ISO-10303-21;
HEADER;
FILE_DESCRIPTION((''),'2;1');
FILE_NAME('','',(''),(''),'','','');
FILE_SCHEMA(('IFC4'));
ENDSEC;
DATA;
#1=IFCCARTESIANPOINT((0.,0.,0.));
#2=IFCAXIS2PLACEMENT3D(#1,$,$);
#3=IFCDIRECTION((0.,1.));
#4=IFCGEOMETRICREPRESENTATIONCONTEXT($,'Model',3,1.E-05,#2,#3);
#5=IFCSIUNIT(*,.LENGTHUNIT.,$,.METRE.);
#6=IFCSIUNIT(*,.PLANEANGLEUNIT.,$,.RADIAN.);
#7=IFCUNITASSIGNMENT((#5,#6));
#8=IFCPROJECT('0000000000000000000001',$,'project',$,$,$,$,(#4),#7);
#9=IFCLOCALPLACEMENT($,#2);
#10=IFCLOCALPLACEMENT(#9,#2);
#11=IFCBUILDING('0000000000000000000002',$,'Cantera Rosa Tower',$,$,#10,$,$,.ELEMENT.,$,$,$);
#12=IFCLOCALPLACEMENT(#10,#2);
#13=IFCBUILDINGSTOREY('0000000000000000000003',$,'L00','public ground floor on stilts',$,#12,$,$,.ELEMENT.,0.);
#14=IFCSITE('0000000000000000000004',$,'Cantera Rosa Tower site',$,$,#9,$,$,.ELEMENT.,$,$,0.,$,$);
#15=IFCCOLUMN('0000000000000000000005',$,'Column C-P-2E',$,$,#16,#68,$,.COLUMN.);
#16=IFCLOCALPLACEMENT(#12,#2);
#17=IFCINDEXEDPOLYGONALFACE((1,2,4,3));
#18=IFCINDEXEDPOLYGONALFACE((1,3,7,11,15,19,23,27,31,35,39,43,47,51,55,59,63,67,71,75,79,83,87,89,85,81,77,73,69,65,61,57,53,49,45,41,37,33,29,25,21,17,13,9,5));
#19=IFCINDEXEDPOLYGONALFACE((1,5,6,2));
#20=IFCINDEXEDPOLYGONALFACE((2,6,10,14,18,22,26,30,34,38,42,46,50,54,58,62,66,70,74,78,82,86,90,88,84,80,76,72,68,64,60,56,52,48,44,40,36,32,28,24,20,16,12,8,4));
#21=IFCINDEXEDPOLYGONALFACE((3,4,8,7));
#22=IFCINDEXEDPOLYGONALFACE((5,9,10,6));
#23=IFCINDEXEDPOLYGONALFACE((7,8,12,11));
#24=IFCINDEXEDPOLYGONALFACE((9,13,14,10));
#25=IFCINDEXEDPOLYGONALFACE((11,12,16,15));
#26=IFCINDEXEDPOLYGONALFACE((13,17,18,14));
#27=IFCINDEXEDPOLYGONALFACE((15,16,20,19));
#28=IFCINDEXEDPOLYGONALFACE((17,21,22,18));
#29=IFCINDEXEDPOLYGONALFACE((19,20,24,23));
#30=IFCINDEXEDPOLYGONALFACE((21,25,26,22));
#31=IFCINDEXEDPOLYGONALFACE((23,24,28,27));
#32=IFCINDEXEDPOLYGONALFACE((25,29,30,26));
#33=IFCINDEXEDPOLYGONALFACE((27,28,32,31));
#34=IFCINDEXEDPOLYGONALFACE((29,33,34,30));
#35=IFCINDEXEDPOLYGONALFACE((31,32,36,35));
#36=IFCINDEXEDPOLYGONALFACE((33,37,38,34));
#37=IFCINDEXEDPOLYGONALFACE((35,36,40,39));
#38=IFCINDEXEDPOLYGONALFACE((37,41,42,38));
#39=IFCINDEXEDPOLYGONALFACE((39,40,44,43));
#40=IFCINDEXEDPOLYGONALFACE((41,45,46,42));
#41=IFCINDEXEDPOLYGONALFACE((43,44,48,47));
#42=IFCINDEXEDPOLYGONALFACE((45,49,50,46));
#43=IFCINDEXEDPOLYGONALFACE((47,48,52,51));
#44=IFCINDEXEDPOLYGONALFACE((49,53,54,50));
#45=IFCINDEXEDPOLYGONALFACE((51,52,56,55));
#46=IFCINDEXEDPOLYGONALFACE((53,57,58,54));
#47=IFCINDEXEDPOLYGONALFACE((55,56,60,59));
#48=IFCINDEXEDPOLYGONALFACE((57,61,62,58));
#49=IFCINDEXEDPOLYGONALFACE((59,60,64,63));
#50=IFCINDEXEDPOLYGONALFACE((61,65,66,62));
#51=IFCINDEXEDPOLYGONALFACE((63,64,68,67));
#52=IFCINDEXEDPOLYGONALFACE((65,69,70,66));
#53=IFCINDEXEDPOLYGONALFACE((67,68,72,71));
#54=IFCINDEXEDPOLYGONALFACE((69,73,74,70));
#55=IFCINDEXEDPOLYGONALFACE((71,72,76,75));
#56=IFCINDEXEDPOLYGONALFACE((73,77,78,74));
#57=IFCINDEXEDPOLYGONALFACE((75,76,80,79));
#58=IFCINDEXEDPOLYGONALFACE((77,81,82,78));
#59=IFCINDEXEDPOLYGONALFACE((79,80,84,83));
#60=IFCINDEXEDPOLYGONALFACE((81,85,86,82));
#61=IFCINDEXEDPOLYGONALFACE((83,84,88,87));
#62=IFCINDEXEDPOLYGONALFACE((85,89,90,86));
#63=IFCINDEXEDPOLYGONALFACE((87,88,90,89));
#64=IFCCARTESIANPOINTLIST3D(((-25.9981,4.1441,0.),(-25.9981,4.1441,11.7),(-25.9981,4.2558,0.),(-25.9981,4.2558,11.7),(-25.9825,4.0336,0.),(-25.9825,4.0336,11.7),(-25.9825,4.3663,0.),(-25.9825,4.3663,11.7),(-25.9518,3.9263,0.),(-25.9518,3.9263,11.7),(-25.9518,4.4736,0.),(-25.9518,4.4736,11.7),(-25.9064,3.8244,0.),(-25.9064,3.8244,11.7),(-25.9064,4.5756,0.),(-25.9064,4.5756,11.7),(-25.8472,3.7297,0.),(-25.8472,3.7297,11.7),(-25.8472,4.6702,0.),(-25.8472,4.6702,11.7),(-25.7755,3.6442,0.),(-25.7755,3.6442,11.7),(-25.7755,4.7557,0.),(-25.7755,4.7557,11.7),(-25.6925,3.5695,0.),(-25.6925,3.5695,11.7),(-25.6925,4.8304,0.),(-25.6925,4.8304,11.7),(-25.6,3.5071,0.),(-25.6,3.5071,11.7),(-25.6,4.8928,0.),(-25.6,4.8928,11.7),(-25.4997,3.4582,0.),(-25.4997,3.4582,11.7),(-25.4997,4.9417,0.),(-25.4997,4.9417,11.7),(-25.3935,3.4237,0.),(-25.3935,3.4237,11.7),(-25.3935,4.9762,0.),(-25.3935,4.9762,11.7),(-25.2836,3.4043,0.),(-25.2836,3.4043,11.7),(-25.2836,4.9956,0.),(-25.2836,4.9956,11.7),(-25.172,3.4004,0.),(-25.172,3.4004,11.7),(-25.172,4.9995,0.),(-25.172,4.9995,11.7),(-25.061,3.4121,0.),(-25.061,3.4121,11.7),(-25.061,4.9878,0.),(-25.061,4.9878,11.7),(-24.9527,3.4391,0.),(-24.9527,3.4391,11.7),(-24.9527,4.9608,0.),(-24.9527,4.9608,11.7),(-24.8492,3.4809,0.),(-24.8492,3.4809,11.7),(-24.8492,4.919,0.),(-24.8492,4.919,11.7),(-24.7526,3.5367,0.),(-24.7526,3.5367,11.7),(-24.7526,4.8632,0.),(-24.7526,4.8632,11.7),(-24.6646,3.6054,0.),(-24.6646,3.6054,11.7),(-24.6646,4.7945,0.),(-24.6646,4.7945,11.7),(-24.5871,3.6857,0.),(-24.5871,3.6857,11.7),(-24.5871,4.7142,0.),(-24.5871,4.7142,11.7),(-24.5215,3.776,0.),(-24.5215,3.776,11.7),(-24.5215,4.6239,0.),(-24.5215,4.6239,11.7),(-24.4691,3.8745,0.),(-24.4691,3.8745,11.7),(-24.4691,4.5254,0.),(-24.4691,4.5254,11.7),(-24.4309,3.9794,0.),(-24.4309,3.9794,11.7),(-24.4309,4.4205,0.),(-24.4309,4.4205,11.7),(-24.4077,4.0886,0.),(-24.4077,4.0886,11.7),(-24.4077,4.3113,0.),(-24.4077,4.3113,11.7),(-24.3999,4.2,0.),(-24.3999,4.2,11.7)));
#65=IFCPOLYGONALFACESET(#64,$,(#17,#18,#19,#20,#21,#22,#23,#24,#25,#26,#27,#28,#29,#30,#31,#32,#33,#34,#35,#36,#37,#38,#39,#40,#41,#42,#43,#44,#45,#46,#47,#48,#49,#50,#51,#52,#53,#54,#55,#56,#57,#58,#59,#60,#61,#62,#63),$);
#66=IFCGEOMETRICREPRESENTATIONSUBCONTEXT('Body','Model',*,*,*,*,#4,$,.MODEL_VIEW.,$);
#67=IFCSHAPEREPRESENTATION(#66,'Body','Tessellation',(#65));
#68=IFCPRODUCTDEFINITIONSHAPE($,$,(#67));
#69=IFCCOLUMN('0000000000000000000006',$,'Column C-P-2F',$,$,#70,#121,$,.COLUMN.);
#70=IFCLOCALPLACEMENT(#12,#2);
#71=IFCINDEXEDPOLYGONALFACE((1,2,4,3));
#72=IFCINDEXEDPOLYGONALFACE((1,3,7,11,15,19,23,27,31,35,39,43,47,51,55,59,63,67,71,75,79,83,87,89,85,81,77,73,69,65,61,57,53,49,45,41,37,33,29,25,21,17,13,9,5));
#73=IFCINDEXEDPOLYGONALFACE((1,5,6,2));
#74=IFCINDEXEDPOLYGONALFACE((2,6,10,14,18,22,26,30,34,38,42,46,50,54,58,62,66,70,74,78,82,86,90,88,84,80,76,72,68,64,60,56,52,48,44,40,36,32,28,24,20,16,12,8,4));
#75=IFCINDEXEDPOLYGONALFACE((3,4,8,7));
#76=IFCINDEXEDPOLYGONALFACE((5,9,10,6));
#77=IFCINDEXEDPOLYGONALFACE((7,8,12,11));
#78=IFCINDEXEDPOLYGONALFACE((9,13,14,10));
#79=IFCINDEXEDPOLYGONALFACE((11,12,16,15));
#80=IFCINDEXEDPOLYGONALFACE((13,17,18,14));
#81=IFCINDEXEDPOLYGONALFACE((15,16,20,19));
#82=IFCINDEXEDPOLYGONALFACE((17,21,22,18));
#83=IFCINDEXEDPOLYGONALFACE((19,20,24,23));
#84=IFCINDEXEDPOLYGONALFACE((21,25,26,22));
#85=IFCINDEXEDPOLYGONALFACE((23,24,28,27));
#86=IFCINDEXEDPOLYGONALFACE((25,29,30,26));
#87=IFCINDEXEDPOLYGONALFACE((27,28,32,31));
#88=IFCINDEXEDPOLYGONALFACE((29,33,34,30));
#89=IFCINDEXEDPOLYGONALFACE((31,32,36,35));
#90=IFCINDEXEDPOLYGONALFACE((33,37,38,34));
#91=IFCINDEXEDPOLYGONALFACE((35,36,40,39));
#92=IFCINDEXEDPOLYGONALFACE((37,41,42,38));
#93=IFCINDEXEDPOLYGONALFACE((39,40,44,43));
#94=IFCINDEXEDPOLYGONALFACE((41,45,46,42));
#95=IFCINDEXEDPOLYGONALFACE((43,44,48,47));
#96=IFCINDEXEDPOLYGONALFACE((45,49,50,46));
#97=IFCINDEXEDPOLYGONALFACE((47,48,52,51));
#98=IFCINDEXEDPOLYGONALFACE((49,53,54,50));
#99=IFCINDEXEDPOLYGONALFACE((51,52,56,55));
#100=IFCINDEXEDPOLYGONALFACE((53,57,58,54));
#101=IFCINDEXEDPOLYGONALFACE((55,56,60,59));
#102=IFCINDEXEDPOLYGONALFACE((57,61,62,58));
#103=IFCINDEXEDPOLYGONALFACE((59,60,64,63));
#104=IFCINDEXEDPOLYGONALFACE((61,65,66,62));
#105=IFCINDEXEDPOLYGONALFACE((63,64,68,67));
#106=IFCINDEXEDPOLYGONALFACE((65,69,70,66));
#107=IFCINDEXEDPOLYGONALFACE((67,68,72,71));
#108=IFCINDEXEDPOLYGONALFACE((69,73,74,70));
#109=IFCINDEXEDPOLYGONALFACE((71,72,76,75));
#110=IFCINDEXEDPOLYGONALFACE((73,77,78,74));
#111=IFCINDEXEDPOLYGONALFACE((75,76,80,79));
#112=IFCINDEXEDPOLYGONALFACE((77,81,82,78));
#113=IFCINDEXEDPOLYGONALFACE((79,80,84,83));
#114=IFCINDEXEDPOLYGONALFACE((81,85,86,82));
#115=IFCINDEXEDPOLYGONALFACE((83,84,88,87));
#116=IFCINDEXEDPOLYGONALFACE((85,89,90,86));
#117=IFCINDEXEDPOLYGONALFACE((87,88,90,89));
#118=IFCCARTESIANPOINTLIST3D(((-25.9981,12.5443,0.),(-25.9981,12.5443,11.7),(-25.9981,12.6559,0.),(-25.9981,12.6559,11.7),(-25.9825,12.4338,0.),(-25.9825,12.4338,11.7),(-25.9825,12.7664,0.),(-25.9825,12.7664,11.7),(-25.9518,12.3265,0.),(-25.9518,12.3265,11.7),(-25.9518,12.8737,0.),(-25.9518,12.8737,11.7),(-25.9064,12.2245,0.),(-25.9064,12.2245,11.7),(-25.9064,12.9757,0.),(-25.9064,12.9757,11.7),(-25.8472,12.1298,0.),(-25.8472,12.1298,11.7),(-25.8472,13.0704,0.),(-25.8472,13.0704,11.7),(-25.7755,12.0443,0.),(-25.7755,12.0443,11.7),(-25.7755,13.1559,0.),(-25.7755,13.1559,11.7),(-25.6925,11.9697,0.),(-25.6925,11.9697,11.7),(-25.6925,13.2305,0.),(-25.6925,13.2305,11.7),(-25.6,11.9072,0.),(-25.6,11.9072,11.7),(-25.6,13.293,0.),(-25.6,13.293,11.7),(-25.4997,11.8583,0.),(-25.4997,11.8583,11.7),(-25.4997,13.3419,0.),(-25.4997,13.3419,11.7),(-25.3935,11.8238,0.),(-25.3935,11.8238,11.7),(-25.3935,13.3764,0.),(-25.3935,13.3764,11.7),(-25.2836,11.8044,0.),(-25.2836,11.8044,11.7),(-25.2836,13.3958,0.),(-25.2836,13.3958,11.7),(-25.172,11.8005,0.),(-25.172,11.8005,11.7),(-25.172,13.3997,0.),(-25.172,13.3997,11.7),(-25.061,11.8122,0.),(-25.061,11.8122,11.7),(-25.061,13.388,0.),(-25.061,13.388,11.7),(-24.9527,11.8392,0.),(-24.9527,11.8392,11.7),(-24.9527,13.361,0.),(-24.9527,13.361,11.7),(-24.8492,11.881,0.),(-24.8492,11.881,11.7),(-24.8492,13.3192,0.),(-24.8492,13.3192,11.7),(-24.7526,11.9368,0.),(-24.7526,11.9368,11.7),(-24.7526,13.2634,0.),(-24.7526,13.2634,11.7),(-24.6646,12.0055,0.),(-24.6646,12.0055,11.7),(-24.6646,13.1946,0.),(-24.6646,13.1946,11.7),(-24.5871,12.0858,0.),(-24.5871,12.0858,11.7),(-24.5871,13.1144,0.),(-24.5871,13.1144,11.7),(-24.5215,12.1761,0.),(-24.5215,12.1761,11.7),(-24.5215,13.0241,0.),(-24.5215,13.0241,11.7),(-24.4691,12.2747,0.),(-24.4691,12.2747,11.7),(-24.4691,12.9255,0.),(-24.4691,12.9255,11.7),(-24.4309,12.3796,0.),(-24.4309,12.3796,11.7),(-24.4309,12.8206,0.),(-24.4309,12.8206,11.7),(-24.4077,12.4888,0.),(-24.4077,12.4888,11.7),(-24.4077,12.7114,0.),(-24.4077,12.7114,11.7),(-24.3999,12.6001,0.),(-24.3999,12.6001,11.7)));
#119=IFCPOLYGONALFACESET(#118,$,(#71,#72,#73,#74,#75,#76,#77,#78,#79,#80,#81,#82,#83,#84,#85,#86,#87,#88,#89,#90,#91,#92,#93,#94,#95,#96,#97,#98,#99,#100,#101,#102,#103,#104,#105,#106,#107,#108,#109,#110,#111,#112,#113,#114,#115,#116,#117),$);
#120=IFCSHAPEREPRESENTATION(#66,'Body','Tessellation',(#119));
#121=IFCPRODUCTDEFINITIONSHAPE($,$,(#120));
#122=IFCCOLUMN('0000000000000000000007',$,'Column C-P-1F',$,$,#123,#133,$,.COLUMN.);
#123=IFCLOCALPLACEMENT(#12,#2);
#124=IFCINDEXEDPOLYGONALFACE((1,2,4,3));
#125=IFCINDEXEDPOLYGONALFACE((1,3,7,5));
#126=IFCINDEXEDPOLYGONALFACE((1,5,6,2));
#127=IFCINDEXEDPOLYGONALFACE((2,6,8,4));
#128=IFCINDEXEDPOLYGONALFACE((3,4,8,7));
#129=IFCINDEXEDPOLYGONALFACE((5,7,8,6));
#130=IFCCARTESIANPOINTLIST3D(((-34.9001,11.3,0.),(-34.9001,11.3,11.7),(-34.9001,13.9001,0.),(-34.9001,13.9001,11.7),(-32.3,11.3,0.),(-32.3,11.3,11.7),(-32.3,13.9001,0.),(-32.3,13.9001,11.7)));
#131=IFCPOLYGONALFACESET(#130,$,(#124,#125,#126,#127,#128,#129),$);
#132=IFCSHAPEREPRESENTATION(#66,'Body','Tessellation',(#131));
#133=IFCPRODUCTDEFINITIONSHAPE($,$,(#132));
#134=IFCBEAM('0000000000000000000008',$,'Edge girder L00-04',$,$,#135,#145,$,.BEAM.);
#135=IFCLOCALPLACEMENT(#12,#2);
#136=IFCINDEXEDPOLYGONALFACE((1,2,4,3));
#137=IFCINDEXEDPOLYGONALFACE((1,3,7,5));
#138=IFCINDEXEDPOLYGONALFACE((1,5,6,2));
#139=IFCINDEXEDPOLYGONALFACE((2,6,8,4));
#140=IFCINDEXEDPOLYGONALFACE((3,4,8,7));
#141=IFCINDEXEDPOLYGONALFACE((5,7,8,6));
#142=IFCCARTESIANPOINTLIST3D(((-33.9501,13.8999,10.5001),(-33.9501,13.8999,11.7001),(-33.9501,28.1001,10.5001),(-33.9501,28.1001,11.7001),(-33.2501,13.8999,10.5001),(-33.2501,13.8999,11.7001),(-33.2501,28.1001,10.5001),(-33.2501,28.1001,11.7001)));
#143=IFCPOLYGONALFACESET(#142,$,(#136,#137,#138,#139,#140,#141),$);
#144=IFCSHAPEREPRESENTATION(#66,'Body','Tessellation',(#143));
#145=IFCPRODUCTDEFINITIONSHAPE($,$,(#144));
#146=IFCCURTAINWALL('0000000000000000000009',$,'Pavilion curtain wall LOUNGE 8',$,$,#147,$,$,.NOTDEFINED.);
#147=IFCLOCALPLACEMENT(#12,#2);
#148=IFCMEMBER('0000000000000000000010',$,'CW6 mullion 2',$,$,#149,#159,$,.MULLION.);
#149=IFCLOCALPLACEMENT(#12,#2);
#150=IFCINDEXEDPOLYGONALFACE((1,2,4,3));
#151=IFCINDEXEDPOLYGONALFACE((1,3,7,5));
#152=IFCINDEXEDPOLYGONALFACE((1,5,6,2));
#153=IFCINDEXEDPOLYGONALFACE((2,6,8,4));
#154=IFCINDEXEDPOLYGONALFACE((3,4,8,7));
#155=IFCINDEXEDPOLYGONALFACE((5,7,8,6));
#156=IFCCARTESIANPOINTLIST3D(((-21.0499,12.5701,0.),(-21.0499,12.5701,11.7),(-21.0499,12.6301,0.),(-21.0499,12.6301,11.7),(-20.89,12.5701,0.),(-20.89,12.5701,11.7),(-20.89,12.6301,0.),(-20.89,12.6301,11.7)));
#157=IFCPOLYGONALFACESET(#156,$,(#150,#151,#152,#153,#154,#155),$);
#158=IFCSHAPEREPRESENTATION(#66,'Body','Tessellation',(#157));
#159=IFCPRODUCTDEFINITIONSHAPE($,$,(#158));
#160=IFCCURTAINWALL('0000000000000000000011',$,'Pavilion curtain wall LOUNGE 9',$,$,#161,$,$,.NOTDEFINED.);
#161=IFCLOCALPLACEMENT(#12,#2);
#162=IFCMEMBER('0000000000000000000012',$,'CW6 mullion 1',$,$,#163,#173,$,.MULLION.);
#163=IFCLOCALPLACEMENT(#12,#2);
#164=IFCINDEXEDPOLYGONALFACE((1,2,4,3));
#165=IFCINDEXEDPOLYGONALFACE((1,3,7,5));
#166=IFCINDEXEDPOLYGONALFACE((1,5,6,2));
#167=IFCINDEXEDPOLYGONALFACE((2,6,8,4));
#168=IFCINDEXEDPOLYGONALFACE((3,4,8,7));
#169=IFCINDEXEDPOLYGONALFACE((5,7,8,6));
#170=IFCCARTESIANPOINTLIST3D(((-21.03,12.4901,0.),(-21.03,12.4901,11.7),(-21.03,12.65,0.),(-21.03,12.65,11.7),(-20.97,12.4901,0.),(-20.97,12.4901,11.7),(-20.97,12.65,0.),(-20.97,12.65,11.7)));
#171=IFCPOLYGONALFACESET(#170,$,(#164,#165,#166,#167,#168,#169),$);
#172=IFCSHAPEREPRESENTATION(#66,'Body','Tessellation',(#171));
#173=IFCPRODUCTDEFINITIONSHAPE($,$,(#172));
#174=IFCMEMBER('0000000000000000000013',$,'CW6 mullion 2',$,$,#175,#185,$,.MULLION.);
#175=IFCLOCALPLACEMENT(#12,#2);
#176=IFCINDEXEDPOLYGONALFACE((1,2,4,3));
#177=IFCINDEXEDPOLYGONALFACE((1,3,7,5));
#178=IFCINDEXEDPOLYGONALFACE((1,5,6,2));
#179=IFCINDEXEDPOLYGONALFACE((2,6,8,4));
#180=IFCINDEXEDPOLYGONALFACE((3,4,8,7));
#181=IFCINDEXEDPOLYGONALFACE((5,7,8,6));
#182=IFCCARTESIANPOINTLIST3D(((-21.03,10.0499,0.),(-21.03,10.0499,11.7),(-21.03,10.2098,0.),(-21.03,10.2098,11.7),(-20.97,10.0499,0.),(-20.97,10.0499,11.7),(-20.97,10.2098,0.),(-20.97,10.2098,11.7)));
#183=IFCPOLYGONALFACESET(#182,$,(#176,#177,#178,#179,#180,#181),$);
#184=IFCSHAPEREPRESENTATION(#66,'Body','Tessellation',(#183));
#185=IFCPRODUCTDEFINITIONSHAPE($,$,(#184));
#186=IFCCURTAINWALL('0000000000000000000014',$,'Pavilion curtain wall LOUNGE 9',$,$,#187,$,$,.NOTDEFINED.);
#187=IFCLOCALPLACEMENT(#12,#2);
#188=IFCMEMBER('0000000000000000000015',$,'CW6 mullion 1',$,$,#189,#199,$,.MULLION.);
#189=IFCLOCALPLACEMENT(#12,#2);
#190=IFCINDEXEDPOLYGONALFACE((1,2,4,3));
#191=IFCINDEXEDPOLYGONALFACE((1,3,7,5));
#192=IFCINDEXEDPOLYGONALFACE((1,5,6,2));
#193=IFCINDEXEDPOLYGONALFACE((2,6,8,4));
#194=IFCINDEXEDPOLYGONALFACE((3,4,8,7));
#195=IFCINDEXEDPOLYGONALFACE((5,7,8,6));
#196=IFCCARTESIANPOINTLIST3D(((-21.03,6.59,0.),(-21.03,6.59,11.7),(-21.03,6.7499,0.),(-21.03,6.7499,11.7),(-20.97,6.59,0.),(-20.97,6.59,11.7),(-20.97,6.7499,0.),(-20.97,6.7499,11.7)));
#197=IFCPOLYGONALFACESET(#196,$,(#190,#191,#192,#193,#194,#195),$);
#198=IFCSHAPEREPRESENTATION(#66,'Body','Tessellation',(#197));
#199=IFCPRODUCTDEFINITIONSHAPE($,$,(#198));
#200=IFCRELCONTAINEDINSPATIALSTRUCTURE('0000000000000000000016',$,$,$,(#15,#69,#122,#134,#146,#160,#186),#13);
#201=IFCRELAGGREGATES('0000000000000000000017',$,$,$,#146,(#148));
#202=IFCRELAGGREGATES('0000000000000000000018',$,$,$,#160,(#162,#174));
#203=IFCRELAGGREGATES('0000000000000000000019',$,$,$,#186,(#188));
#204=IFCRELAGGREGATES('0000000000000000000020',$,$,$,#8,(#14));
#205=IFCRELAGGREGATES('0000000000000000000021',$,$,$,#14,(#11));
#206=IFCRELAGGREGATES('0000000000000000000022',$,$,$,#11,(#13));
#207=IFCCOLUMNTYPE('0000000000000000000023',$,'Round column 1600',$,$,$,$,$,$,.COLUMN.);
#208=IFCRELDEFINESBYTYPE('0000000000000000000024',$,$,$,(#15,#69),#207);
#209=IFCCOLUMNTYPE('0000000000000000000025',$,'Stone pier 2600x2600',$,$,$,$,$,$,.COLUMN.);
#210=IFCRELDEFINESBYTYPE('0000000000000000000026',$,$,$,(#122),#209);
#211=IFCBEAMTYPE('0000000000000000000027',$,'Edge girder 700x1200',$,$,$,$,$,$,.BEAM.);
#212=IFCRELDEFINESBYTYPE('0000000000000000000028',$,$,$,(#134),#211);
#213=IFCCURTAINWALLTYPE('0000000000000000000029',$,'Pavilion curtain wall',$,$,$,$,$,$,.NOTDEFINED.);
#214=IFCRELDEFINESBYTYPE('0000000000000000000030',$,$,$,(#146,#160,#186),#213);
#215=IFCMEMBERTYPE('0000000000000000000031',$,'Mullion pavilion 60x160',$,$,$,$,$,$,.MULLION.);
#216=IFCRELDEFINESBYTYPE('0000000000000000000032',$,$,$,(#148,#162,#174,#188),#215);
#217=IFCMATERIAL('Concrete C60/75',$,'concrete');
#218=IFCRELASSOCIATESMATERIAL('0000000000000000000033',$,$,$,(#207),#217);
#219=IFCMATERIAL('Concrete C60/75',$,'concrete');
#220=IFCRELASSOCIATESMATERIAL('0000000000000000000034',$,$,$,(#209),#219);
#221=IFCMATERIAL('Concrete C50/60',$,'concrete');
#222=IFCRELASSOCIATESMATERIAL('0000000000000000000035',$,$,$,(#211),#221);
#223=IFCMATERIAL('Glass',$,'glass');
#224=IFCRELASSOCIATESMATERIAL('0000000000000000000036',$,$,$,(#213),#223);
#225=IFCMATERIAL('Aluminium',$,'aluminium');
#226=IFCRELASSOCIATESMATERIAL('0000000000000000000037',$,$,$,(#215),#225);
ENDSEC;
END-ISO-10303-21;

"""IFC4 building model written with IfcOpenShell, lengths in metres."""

from ifc_helpers import new_model, si_unit, direction, frame, origin, origin_2d, place, context, subcontext, project, spatial, rectangle, circle, extrude, material, material_profile, profile_set, type_object, element, aggregate, save


model = new_model("IFC4")

# Units and contexts
model_context = context("Model", 3, precision=1e-05, world=origin(), true_north=direction((0.0, 1.0)))
body_context = subcontext(model_context, "Body", "Model", "MODEL_VIEW")
ifc_project = project(units=[si_unit("LENGTHUNIT", "METRE"), si_unit("PLANEANGLEUNIT", "RADIAN")], contexts=[model_context])

# Site, building, storey
site_placement = place(None, origin())
site = spatial("IfcSite", under=ifc_project, at=site_placement, Name="Cantera Rosa Tower site", CompositionType="ELEMENT", RefElevation=0.0)
building_placement = place(site_placement, origin())
building = spatial("IfcBuilding", under=site, at=building_placement, Name="Cantera Rosa Tower", CompositionType="ELEMENT")
storey_placement = place(building_placement, origin())
storey = spatial("IfcBuildingStorey", under=building, at=storey_placement, Name="L00", Description="public ground floor on stilts", CompositionType="ELEMENT", Elevation=0.0)

# Columns
ifc_material_1 = material(Name="Concrete C60/75", Category="concrete")
ifc_material_profile_1 = material_profile(ifc_material_1, circle(Radius=0.8, at=origin_2d()), Name="Round column 1600")
ifc_profile_set_1 = profile_set([ifc_material_profile_1], Name="Concrete C60/75")
column_type_1 = type_object("IfcColumnType", Name="Round column 1600", PredefinedType="COLUMN", material=ifc_profile_set_1)
for number, where, z_axis, x_axis, name in (
    (1, (-25.2, 4.2, 0.0), (0.0, 0.0, 1.0), (1.0, 0.0, 0.0), "Column C-P-2E"),
    (2, (-25.2, 12.6001, 0.0), (0.0, 0.0, 1.0), (1.0, 0.0, 0.0), "Column C-P-2F"),
):
    element("IfcColumn", number, at=place(storey_placement, frame(where, z_axis=z_axis, x_axis=x_axis)), inside=storey, type_object=column_type_1, Name=name, PredefinedType="COLUMN", context=body_context, shape_type="SweptSolid", body=[
        extrude(circle(Radius=0.8, at=origin_2d()), origin(), (0.0, 0.0, 1.0), 11.7),
    ])
ifc_material_2 = material(Name="Concrete C60/75", Category="concrete")
ifc_material_profile_2 = material_profile(ifc_material_2, rectangle(XDim=2.6001, YDim=2.6001, at=origin_2d()), Name="Stone pier 2600x2600")
ifc_profile_set_2 = profile_set([ifc_material_profile_2], Name="Concrete C60/75")
column_type_2 = type_object("IfcColumnType", Name="Stone pier 2600x2600", PredefinedType="COLUMN", material=ifc_profile_set_2)
column_placement = place(storey_placement, frame((-33.6001, 12.6001, 0.0), z_axis=(0.0, 0.0, 1.0), x_axis=(1.0, 0.0, 0.0)))
element("IfcColumn", 3, at=column_placement, inside=storey, type_object=column_type_2, Name="Column C-P-1F", PredefinedType="COLUMN", context=body_context, shape_type="SweptSolid", body=[
    extrude(rectangle(XDim=2.6001, YDim=2.6001, at=origin_2d()), origin(), (0.0, 0.0, 1.0), 11.7),
])

# Beam
ifc_material_3 = material(Name="Concrete C50/60", Category="concrete")
ifc_material_profile_3 = material_profile(ifc_material_3, rectangle(XDim=0.7, YDim=1.2, at=origin_2d()), Name="Edge girder 700x1200")
ifc_profile_set_3 = profile_set([ifc_material_profile_3], Name="Concrete C50/60")
beam_type = type_object("IfcBeamType", Name="Edge girder 700x1200", PredefinedType="BEAM", material=ifc_profile_set_3)
beam_placement = place(storey_placement, frame((-33.6001, 13.8999, 11.1001), z_axis=(0.0, 1.0, 0.0), x_axis=(-1.0, 0.0, 0.0)))
element("IfcBeam", 4, at=beam_placement, inside=storey, type_object=beam_type, Name="Edge girder L00-04", PredefinedType="BEAM", context=body_context, shape_type="SweptSolid", body=[
    extrude(rectangle(XDim=0.7, YDim=1.2, at=origin_2d()), origin(), (0.0, 0.0, 1.0), 14.2002),
])

# Curtain wall, member
ifc_material_4 = material(Name="Glass", Category="glass")
curtain_wall_type = type_object("IfcCurtainWallType", Name="Pavilion curtain wall", PredefinedType="NOTDEFINED", material=ifc_material_4)
curtain_wall_1_placement = place(storey_placement, origin())
curtain_wall_1 = element("IfcCurtainWall", 5, at=curtain_wall_1_placement, inside=storey, type_object=curtain_wall_type, Name="Pavilion curtain wall LOUNGE 8", PredefinedType="NOTDEFINED")
ifc_material_5 = material(Name="Aluminium", Category="aluminium")
ifc_material_profile_4 = material_profile(ifc_material_5, rectangle(XDim=0.0601, YDim=0.1599, at=origin_2d()), Name="Mullion pavilion 60x160")
ifc_profile_set_4 = profile_set([ifc_material_profile_4], Name="Aluminium")
member_type_1 = type_object("IfcMemberType", Name="Mullion pavilion 60x160", PredefinedType="MULLION", material=ifc_profile_set_4)
member_1_placement = place(storey_placement, frame((-20.97, 12.6001, 0.0), z_axis=(0.0, 0.0, 1.0), x_axis=(0.0, -1.0, 0.0)))
member_1 = element("IfcMember", 6, at=member_1_placement, type_object=member_type_1, Name="CW6 mullion 2", PredefinedType="MULLION", context=body_context, shape_type="SweptSolid", body=[
    extrude(rectangle(XDim=0.0601, YDim=0.1599, at=origin_2d()), origin(), (0.0, 0.0, 1.0), 11.7),
])
aggregate(curtain_wall_1, [member_1])

# Curtain walls, members
curtain_wall_2_placement = place(storey_placement, origin())
curtain_wall_2 = element("IfcCurtainWall", 7, at=curtain_wall_2_placement, inside=storey, type_object=curtain_wall_type, Name="Pavilion curtain wall LOUNGE 9", PredefinedType="NOTDEFINED")
member_2_placement = place(storey_placement, frame((-21.0, 12.5701, 0.0), z_axis=(0.0, 0.0, 1.0), x_axis=(1.0, 0.0, 0.0)))
member_2 = element("IfcMember", 8, at=member_2_placement, type_object=member_type_1, Name="CW6 mullion 1", PredefinedType="MULLION", context=body_context, shape_type="SweptSolid", body=[
    extrude(rectangle(XDim=0.0601, YDim=0.1599, at=origin_2d()), origin(), (0.0, 0.0, 1.0), 11.7),
])
member_3_placement = place(storey_placement, frame((-21.0, 10.1299, 0.0), z_axis=(0.0, 0.0, 1.0), x_axis=(1.0, 0.0, 0.0)))
member_3 = element("IfcMember", 9, at=member_3_placement, type_object=member_type_1, Name="CW6 mullion 2", PredefinedType="MULLION", context=body_context, shape_type="SweptSolid", body=[
    extrude(rectangle(XDim=0.0601, YDim=0.1599, at=origin_2d()), origin(), (0.0, 0.0, 1.0), 11.7),
])
curtain_wall_3_placement = place(storey_placement, origin())
curtain_wall_3 = element("IfcCurtainWall", 10, at=curtain_wall_3_placement, inside=storey, type_object=curtain_wall_type, Name="Pavilion curtain wall LOUNGE 9", PredefinedType="NOTDEFINED")
member_4_placement = place(storey_placement, frame((-21.0, 6.6699, 0.0), z_axis=(0.0, 0.0, 1.0), x_axis=(1.0, 0.0, 0.0)))
member_4 = element("IfcMember", 11, at=member_4_placement, type_object=member_type_1, Name="CW6 mullion 1", PredefinedType="MULLION", context=body_context, shape_type="SweptSolid", body=[
    extrude(rectangle(XDim=0.0601, YDim=0.1599, at=origin_2d()), origin(), (0.0, 0.0, 1.0), 11.7),
])

aggregate(curtain_wall_2, [member_2, member_3])
aggregate(curtain_wall_3, [member_4])

save(model, "model.ifc")
